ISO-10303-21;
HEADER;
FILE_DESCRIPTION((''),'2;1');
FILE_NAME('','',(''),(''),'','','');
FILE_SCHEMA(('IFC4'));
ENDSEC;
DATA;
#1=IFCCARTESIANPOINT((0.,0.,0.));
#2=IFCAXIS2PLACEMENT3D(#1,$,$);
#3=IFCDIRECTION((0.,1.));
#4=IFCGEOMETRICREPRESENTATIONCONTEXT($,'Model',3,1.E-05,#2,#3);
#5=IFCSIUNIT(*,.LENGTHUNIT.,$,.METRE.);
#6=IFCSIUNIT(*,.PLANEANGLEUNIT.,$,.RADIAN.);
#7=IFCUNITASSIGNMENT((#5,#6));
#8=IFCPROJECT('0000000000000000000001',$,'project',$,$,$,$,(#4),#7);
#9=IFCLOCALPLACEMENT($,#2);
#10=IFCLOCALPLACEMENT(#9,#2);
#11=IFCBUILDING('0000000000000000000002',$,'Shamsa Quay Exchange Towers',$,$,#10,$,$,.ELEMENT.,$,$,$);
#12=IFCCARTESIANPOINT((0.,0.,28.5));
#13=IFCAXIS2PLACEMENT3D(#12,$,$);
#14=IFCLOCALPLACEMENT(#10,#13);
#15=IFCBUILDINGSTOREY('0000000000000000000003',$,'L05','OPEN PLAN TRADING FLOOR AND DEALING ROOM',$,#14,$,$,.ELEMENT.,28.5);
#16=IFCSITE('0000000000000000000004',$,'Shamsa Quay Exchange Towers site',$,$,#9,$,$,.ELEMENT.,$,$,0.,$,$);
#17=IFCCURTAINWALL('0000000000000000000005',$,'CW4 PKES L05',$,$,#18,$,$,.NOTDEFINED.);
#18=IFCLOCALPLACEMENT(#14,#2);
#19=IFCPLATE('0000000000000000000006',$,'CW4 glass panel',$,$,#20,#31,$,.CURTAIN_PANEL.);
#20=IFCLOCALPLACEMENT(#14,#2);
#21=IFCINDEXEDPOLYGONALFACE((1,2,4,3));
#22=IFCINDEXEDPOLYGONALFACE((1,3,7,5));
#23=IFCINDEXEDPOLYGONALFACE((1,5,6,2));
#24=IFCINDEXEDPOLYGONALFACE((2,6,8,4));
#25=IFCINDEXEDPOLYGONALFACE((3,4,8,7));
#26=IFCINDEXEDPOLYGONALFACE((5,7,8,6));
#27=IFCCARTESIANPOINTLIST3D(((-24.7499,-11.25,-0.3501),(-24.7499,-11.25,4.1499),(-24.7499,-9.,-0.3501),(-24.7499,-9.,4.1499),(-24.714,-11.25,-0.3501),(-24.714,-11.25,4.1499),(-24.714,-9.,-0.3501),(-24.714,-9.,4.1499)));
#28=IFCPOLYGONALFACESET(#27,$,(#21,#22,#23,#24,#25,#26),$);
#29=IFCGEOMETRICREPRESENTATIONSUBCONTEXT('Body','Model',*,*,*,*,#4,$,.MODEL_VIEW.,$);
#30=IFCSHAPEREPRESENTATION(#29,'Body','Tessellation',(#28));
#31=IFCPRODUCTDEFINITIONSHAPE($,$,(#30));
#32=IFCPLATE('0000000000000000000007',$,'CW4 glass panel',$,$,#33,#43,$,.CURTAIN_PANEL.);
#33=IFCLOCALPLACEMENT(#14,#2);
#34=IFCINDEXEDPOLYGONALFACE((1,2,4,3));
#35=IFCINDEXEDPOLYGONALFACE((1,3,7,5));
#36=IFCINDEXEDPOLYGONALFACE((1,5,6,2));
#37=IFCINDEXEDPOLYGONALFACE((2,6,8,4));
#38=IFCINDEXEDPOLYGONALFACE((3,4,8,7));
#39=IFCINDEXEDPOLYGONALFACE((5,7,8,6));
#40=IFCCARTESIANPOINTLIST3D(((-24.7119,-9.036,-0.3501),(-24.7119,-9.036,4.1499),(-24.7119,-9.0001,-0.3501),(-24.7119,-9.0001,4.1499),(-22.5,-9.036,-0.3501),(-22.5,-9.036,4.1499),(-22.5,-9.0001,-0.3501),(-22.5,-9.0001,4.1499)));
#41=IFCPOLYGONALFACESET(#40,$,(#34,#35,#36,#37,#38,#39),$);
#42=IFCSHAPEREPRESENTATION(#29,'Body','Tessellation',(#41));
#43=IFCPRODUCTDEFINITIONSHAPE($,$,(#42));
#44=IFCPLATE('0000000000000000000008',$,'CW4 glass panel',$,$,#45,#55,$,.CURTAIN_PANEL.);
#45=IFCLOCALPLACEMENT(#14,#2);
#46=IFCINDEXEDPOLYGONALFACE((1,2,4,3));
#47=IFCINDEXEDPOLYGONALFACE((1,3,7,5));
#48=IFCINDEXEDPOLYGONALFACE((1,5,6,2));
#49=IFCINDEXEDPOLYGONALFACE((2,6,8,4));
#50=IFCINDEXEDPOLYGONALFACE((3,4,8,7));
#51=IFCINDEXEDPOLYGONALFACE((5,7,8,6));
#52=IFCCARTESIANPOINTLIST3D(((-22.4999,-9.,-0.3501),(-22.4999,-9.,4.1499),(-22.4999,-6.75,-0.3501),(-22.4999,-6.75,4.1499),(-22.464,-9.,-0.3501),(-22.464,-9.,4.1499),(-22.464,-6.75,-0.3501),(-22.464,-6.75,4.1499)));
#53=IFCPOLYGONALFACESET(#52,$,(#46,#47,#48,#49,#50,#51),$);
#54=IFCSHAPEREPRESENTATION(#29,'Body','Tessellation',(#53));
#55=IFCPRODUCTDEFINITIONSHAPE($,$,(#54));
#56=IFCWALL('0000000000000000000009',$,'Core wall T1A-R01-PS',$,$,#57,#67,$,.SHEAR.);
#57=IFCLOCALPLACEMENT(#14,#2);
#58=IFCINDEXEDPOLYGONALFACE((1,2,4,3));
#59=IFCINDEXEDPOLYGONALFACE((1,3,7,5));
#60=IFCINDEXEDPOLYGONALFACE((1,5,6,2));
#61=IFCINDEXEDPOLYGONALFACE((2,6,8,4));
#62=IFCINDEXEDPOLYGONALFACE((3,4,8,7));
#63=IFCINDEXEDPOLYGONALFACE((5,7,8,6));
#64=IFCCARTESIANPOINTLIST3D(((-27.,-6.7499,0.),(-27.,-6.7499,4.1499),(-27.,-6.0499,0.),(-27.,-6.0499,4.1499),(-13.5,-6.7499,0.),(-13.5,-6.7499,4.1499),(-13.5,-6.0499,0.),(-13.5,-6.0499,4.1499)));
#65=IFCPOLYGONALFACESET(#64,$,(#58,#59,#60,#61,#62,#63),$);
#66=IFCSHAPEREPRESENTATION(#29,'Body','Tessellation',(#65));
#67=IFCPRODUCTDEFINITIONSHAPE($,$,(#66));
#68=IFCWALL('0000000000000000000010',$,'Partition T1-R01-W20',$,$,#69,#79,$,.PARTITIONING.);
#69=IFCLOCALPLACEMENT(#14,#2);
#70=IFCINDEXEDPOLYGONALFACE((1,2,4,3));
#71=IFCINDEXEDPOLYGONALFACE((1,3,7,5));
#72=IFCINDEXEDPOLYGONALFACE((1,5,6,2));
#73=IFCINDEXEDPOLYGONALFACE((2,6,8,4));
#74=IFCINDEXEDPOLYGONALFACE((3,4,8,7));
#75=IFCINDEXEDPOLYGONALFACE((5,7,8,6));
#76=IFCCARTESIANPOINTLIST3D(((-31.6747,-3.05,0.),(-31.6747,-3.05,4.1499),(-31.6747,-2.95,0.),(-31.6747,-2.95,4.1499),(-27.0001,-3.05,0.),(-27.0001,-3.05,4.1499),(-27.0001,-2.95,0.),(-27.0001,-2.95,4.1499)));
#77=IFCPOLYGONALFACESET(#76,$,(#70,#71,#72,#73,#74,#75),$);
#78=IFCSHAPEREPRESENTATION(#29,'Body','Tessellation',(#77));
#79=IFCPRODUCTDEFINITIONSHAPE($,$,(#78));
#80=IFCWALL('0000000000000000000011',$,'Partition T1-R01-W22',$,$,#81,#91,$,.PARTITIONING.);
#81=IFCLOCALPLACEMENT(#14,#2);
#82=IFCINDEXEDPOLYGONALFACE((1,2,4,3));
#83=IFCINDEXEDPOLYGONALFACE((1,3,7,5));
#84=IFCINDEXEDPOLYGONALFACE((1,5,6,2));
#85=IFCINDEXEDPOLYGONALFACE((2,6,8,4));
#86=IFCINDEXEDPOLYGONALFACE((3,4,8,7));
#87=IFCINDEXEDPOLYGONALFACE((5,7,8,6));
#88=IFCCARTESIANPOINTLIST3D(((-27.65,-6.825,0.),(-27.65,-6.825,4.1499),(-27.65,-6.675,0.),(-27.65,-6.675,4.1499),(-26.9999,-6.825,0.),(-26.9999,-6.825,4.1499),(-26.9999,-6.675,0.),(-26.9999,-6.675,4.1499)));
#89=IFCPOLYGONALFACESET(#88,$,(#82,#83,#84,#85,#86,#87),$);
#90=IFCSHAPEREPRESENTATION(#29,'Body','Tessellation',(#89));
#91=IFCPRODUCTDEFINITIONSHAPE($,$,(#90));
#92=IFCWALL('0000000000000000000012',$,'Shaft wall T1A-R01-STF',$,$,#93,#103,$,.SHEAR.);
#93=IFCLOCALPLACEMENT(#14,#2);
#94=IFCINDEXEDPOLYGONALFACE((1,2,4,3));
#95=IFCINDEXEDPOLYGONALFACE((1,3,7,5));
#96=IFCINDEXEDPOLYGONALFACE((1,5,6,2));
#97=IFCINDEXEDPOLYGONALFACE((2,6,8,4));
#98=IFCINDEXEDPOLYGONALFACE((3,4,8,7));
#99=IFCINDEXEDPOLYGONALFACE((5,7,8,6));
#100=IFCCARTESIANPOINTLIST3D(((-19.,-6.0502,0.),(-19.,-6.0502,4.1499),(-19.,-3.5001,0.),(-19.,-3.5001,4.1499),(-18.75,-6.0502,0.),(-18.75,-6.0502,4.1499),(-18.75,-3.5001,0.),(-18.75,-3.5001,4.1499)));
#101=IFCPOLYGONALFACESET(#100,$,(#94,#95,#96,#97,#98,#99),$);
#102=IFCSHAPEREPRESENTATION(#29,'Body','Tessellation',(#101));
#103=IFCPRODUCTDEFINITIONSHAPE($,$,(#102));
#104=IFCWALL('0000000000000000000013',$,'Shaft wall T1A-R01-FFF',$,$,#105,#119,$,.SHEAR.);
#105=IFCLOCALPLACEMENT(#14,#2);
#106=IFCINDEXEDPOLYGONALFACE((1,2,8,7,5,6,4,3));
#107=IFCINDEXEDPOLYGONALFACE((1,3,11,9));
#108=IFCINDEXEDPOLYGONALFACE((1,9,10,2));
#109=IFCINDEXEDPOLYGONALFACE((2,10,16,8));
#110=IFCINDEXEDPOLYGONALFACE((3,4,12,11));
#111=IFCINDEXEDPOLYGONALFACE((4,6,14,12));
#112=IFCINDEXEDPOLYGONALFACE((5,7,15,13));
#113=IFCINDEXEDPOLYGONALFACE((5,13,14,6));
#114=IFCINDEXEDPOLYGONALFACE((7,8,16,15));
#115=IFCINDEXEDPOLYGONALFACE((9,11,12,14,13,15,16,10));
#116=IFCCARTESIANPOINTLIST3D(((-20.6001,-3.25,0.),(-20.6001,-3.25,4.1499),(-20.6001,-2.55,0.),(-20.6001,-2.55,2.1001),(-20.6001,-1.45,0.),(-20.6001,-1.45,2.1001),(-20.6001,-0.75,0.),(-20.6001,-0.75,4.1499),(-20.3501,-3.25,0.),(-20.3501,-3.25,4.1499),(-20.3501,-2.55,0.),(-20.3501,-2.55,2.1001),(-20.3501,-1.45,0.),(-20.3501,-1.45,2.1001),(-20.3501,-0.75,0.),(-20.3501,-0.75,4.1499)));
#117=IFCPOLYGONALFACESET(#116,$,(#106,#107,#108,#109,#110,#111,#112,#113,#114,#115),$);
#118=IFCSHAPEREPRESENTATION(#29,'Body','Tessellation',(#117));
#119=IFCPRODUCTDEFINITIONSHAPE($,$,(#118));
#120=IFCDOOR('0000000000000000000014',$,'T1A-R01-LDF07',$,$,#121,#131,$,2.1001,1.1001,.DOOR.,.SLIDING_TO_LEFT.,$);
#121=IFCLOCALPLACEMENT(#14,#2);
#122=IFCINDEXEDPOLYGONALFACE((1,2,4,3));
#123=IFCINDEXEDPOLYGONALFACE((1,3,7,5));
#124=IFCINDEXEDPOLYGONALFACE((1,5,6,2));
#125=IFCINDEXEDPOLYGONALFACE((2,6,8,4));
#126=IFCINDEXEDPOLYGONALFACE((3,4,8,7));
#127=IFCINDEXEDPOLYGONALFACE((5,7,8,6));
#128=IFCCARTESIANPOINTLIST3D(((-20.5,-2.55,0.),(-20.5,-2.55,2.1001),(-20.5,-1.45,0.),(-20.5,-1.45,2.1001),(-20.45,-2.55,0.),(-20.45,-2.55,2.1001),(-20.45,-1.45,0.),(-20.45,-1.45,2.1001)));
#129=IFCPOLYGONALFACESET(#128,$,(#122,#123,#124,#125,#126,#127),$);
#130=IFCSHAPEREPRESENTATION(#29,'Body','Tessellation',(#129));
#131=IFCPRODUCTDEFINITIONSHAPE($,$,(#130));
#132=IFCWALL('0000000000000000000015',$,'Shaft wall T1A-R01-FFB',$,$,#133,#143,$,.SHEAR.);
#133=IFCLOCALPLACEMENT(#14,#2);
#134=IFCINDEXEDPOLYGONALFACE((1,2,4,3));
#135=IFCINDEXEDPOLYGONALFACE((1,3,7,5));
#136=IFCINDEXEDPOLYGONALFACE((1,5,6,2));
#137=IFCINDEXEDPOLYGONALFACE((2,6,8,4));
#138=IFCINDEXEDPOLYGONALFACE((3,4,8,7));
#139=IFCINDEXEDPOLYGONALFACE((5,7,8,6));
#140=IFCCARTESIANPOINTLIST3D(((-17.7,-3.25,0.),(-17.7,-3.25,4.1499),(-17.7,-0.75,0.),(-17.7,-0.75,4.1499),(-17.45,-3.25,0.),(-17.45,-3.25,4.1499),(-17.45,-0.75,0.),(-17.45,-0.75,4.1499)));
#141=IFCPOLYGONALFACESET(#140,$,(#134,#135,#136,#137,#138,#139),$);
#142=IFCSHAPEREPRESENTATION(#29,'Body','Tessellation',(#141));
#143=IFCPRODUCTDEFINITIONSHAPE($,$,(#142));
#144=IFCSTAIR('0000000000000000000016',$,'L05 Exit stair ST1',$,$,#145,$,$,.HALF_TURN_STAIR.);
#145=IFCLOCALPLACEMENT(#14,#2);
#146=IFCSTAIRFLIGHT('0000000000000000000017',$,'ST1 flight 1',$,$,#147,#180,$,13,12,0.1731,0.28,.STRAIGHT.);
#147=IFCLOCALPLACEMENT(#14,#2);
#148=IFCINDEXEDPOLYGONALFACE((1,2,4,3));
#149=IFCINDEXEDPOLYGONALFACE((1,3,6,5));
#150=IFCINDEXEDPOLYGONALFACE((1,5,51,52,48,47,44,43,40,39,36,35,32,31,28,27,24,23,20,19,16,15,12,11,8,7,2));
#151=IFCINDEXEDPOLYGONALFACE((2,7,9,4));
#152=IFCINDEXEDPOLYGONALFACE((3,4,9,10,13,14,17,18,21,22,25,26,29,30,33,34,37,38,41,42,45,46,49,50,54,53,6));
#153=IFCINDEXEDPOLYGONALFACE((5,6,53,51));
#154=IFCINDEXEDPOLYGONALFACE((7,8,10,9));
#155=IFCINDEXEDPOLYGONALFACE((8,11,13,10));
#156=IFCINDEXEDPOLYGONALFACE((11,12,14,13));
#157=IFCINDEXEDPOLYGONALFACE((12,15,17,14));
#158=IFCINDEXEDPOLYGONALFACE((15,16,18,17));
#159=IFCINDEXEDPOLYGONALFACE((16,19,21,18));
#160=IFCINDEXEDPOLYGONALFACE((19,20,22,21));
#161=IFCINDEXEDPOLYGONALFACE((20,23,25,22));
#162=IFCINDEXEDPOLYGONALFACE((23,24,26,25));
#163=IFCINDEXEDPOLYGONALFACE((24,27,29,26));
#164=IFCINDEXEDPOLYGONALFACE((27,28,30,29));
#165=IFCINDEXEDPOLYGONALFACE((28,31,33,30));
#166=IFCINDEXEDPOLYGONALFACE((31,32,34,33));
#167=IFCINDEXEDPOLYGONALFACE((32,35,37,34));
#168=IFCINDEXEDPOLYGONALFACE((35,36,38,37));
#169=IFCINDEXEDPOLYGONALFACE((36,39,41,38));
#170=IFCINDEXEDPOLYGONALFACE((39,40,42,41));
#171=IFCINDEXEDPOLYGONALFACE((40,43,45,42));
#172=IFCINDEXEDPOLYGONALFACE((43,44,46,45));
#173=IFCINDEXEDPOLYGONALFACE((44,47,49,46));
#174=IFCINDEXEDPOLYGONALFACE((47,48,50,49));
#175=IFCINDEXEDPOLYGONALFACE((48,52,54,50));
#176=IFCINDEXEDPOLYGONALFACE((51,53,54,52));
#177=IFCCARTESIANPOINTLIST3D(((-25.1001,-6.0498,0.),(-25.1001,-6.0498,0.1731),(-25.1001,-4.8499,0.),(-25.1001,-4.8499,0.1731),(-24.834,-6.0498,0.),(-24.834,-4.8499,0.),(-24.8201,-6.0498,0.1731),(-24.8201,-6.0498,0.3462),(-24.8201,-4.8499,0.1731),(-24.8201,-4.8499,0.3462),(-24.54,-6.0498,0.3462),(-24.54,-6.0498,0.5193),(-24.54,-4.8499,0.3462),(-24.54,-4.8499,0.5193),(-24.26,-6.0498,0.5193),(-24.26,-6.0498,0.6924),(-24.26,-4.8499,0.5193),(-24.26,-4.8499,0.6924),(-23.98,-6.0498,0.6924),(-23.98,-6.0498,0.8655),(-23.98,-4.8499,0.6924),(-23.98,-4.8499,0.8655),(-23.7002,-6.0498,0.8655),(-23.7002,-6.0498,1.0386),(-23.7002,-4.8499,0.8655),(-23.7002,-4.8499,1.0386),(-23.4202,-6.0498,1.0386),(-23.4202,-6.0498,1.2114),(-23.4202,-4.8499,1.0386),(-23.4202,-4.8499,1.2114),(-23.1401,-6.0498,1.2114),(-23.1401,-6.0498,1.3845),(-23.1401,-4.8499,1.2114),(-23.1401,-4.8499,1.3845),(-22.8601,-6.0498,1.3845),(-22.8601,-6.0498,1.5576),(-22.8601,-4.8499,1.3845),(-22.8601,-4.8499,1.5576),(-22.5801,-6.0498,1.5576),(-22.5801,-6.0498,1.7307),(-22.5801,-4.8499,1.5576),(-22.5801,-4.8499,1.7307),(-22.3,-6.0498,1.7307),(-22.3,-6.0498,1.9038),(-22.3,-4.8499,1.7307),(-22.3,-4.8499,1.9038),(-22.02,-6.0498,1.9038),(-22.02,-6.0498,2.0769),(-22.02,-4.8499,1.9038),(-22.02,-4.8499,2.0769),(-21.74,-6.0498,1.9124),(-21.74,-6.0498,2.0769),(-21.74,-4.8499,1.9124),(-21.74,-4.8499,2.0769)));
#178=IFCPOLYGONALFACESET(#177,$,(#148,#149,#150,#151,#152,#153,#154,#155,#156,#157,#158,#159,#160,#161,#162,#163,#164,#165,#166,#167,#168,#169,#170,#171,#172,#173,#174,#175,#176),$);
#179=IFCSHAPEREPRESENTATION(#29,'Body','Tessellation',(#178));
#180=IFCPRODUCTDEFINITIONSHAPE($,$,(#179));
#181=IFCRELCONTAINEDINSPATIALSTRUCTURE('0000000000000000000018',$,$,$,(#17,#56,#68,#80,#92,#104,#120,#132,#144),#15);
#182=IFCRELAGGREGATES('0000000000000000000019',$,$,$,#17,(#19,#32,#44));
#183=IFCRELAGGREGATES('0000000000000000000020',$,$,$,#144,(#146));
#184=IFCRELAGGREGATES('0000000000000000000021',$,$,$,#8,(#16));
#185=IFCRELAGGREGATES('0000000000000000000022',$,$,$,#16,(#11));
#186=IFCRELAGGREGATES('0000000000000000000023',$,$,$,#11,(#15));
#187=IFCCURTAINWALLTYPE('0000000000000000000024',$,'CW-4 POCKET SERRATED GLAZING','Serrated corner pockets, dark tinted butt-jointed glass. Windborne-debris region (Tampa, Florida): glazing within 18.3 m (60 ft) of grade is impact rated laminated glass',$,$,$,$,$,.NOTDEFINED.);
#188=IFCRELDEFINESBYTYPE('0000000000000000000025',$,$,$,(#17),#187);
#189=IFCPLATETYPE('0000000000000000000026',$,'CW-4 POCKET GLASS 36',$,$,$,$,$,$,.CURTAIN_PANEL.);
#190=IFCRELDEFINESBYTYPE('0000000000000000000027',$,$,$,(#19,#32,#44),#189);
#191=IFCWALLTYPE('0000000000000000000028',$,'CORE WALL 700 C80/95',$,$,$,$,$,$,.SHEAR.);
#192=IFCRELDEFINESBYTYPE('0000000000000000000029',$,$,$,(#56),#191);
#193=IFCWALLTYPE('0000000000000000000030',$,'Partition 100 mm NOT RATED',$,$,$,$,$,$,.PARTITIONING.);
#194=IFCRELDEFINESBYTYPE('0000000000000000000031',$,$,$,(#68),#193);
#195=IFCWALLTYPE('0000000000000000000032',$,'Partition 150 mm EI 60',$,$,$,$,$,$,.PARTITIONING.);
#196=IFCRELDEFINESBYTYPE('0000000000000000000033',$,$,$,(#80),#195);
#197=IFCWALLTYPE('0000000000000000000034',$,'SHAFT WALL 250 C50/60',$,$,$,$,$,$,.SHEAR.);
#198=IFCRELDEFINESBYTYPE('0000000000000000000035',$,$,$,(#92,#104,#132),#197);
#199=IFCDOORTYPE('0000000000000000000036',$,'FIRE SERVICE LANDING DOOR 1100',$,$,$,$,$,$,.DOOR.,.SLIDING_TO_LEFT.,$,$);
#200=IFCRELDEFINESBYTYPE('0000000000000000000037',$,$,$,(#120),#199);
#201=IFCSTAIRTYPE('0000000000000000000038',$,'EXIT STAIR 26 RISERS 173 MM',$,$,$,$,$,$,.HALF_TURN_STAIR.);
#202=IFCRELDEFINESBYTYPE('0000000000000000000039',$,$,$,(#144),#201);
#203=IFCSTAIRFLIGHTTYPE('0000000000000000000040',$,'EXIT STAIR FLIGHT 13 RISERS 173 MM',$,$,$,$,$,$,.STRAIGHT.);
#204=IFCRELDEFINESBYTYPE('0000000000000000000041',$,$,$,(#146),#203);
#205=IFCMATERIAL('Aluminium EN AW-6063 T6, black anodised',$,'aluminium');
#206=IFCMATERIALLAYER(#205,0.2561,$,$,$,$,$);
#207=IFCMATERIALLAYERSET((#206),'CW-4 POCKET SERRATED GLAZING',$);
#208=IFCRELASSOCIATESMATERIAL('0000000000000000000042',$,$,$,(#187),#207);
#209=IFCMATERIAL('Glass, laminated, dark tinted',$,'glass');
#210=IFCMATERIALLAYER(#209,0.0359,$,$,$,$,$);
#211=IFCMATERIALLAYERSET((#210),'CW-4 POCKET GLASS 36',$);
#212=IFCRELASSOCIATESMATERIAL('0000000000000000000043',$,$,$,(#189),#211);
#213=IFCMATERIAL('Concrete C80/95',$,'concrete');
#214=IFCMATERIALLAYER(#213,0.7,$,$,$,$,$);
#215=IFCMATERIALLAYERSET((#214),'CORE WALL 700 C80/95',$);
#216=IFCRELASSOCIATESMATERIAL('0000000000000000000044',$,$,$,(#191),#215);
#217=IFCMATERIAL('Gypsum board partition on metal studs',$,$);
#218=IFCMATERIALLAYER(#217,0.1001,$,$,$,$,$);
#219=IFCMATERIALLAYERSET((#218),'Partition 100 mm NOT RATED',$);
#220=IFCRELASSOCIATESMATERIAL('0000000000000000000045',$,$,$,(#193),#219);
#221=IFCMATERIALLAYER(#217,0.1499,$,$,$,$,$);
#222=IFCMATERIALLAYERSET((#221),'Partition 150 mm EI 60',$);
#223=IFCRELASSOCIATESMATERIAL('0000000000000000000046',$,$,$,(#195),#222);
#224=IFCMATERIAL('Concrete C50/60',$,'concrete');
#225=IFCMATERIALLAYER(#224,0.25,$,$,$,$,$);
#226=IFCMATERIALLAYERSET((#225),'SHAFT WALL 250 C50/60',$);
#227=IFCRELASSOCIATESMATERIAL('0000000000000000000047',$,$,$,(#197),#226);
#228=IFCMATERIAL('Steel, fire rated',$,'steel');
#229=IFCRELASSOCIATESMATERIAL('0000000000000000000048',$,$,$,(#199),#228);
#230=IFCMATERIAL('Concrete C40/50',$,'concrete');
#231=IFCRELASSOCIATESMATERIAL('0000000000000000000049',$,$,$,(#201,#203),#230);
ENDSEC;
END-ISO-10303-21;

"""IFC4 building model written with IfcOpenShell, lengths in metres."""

from ifc_helpers import new_model, si_unit, direction, frame, frame_2d, origin, origin_2d, place, context, subcontext, project, spatial, polyline, rectangle, outline, extrude, material, layer, layer_set, type_object, element, fill, aggregate, save


model = new_model("IFC4")

# Units and contexts
model_context = context("Model", 3, precision=1e-05, world=origin(), true_north=direction((0.0, 1.0)))
body_context = subcontext(model_context, "Body", "Model", "MODEL_VIEW")
ifc_project = project(units=[si_unit("LENGTHUNIT", "METRE"), si_unit("PLANEANGLEUNIT", "RADIAN")], contexts=[model_context])

# Site, building, storey
site_placement = place(None, origin())
site = spatial("IfcSite", under=ifc_project, at=site_placement, Name="Shamsa Quay Exchange Towers site", CompositionType="ELEMENT", RefElevation=0.0)
building_placement = place(site_placement, origin())
building = spatial("IfcBuilding", under=site, at=building_placement, Name="Shamsa Quay Exchange Towers", CompositionType="ELEMENT")
storey_placement = place(building_placement, frame((0.0, 0.0, 28.5)))
storey = spatial("IfcBuildingStorey", under=building, at=storey_placement, Name="L05", Description="OPEN PLAN TRADING FLOOR AND DEALING ROOM", CompositionType="ELEMENT", Elevation=28.5)

# Shared definitions
ifc_material_1 = material(Name="Aluminium EN AW-6063 T6, black anodised", Category="aluminium")

# Shared definitions
ifc_material_2 = material(Name="Glass, laminated, dark tinted", Category="glass")

# Curtain wall, plates
ifc_layer_1 = layer(ifc_material_1, 0.2561)
ifc_layer_set_1 = layer_set([ifc_layer_1], Name="CW-4 POCKET SERRATED GLAZING")
curtain_wall_type_1 = type_object("IfcCurtainWallType", Name="CW-4 POCKET SERRATED GLAZING", Description="Serrated corner pockets, dark tinted butt-jointed glass. Windborne-debris region (Tampa, Florida): glazing within 18.3 m (60 ft) of grade is impact rated laminated glass", PredefinedType="NOTDEFINED", material=ifc_layer_set_1)
curtain_wall_1_placement = place(storey_placement, origin())
curtain_wall_1 = element("IfcCurtainWall", 1, at=curtain_wall_1_placement, inside=storey, type_object=curtain_wall_type_1, Name="CW4 PKES L05", PredefinedType="NOTDEFINED")
ifc_layer_2 = layer(ifc_material_2, 0.0359)
ifc_layer_set_2 = layer_set([ifc_layer_2], Name="CW-4 POCKET GLASS 36")
plate_type_1 = type_object("IfcPlateType", Name="CW-4 POCKET GLASS 36", PredefinedType="CURTAIN_PANEL", material=ifc_layer_set_2)
plate_1_placement = place(storey_placement, frame((-24.7319, -10.125, -0.3501), z_axis=(0.0, 0.0, 1.0), x_axis=(0.0, 1.0, 0.0)))
plate_1 = element("IfcPlate", 2, at=plate_1_placement, type_object=plate_type_1, Name="CW4 glass panel", PredefinedType="CURTAIN_PANEL", context=body_context, shape_type="SweptSolid", body=[
    extrude(rectangle(XDim=2.25, YDim=0.0359, at=origin_2d()), origin(), (0.0, 0.0, 1.0), 4.5),
])
plate_2_placement = place(storey_placement, frame((-23.606, -9.0181, -0.3501)))
plate_2 = element("IfcPlate", 3, at=plate_2_placement, type_object=plate_type_1, Name="CW4 glass panel", PredefinedType="CURTAIN_PANEL", context=body_context, shape_type="SweptSolid", body=[
    extrude(rectangle(XDim=2.2119, YDim=0.0359, at=origin_2d()), origin(), (0.0, 0.0, 1.0), 4.5),
])
plate_3_placement = place(storey_placement, frame((-22.4819, -7.875, -0.3501), z_axis=(0.0, 0.0, 1.0), x_axis=(0.0, 1.0, 0.0)))
plate_3 = element("IfcPlate", 4, at=plate_3_placement, type_object=plate_type_1, Name="CW4 glass panel", PredefinedType="CURTAIN_PANEL", context=body_context, shape_type="SweptSolid", body=[
    extrude(rectangle(XDim=2.25, YDim=0.0359, at=origin_2d()), origin(), (0.0, 0.0, 1.0), 4.5),
])
aggregate(curtain_wall_1, [plate_1, plate_2, plate_3])

# Wall
ifc_material_3 = material(Name="Concrete C80/95", Category="concrete")
ifc_layer_3 = layer(ifc_material_3, 0.7)
ifc_layer_set_3 = layer_set([ifc_layer_3], Name="CORE WALL 700 C80/95")
wall_type_1 = type_object("IfcWallType", Name="CORE WALL 700 C80/95", PredefinedType="SHEAR", material=ifc_layer_set_3)
wall_1_placement = place(storey_placement, frame((-27.0, -6.3999, 0.0)))
element("IfcWall", 5, at=wall_1_placement, inside=storey, type_object=wall_type_1, Name="Core wall T1A-R01-PS", PredefinedType="SHEAR", context=body_context, shape_type="SweptSolid", body=[
    extrude(rectangle(XDim=13.5, YDim=0.7, at=frame_2d((6.75, 0.0))), origin(), (0.0, 0.0, 1.0), 4.1499),
])

# Wall
ifc_material_4 = material(Name="Gypsum board partition on metal studs")
ifc_layer_4 = layer(ifc_material_4, 0.1001)
ifc_layer_set_4 = layer_set([ifc_layer_4], Name="Partition 100 mm NOT RATED")
wall_type_2 = type_object("IfcWallType", Name="Partition 100 mm NOT RATED", PredefinedType="PARTITIONING", material=ifc_layer_set_4)
wall_2_placement = place(storey_placement, frame((-27.0, -3.0, 0.0), z_axis=(0.0, 0.0, 1.0), x_axis=(-1.0, 0.0, 0.0)))
element("IfcWall", 6, at=wall_2_placement, inside=storey, type_object=wall_type_2, Name="Partition T1-R01-W20", PredefinedType="PARTITIONING", context=body_context, shape_type="SweptSolid", body=[
    extrude(rectangle(XDim=4.6746, YDim=0.1001, at=frame_2d((2.3374, 0.0))), origin(), (0.0, 0.0, 1.0), 4.1499),
])

# Shared definitions
ifc_layer_5 = layer(ifc_material_4, 0.1499)
ifc_layer_set_5 = layer_set([ifc_layer_5], Name="Partition 150 mm EI 60")
wall_type_3 = type_object("IfcWallType", Name="Partition 150 mm EI 60", PredefinedType="PARTITIONING", material=ifc_layer_set_5)

# Walls
wall_3_placement = place(storey_placement, frame((-27.6501, -6.75, 0.0)))
element("IfcWall", 7, at=wall_3_placement, inside=storey, type_object=wall_type_3, Name="Partition T1-R01-W22", PredefinedType="PARTITIONING", context=body_context, shape_type="SweptSolid", body=[
    extrude(rectangle(XDim=0.6501, YDim=0.1499, at=frame_2d((0.3252, 0.0))), origin(), (0.0, 0.0, 1.0), 4.1499),
])
ifc_material_5 = material(Name="Concrete C50/60", Category="concrete")
ifc_layer_6 = layer(ifc_material_5, 0.25)
ifc_layer_set_6 = layer_set([ifc_layer_6], Name="SHAFT WALL 250 C50/60")
wall_type_4 = type_object("IfcWallType", Name="SHAFT WALL 250 C50/60", PredefinedType="SHEAR", material=ifc_layer_set_6)
wall_4_placement = place(storey_placement, frame((-18.875, -6.05, 0.0), z_axis=(0.0, 0.0, 1.0), x_axis=(0.0, 1.0, 0.0)))
element("IfcWall", 8, at=wall_4_placement, inside=storey, type_object=wall_type_4, Name="Shaft wall T1A-R01-STF", PredefinedType="SHEAR", context=body_context, shape_type="SweptSolid", body=[
    extrude(rectangle(XDim=2.55, YDim=0.25, at=frame_2d((1.2749, 0.0))), origin(), (0.0, 0.0, 1.0), 4.1499),
])

# Wall, opening, door
wall_5_placement = place(storey_placement, frame((-20.4751, -3.25, 0.0), z_axis=(0.0, 0.0, 1.0), x_axis=(0.0, 1.0, 0.0)))
wall_5 = element("IfcWall", 9, at=wall_5_placement, inside=storey, type_object=wall_type_4, Name="Shaft wall T1A-R01-FFF", PredefinedType="SHEAR", context=body_context, shape_type="SweptSolid", body=[
    extrude(rectangle(XDim=2.5, YDim=0.25, at=frame_2d((1.25, 0.0))), origin(), (0.0, 0.0, 1.0), 4.1499),
])
opening_1_placement = place(wall_5_placement, frame((0.7, 0.0, 0.0)))
opening_1 = element("IfcOpeningElement", 10, at=opening_1_placement, cuts=wall_5, PredefinedType="OPENING", context=body_context, shape_type="SweptSolid", body=[
    extrude(rectangle(XDim=1.1001, YDim=2.1001, at=frame_2d((0.55, 1.05))), frame((0.0, 0.135, 0.0), z_axis=(0.0, -1.0, 0.0), x_axis=(1.0, 0.0, 0.0)), (0.0, 0.0, 1.0), 0.27),
])
ifc_material_6 = material(Name="Steel, fire rated", Category="steel")
door_type_1 = type_object("IfcDoorType", Name="FIRE SERVICE LANDING DOOR 1100", OperationType="SLIDING_TO_LEFT", PredefinedType="DOOR", material=ifc_material_6)
door_1_placement = place(opening_1_placement, origin())
door_1 = element("IfcDoor", 11, at=door_1_placement, inside=storey, type_object=door_type_1, Name="T1A-R01-LDF07", OperationType="SLIDING_TO_LEFT", OverallHeight=2.1001, OverallWidth=1.1001, PredefinedType="DOOR", context=body_context, shape_type="SweptSolid", body=[
    extrude(rectangle(XDim=1.1001, YDim=2.1001, at=frame_2d((0.55, 1.05))), frame((0.0, 0.0249, 0.0), z_axis=(0.0, -1.0, 0.0), x_axis=(1.0, 0.0, 0.0)), (0.0, 0.0, 1.0), 0.05),
])
fill(opening_1, door_1)

# Wall
wall_6_placement = place(storey_placement, frame((-17.575, -3.25, 0.0), z_axis=(0.0, 0.0, 1.0), x_axis=(0.0, 1.0, 0.0)))
element("IfcWall", 12, at=wall_6_placement, inside=storey, type_object=wall_type_4, Name="Shaft wall T1A-R01-FFB", PredefinedType="SHEAR", context=body_context, shape_type="SweptSolid", body=[
    extrude(rectangle(XDim=2.5, YDim=0.25, at=frame_2d((1.25, 0.0))), origin(), (0.0, 0.0, 1.0), 4.1499),
])

# Stair, stair flight
ifc_material_7 = material(Name="Concrete C40/50", Category="concrete")
stair_type = type_object("IfcStairType", Name="EXIT STAIR 26 RISERS 173 MM", PredefinedType="HALF_TURN_STAIR", material=ifc_material_7)
stair_placement = place(storey_placement, origin())
stair = element("IfcStair", 13, at=stair_placement, inside=storey, type_object=stair_type, Name="L05 Exit stair ST1", PredefinedType="HALF_TURN_STAIR")
stair_flight_type = type_object("IfcStairFlightType", Name="EXIT STAIR FLIGHT 13 RISERS 173 MM", PredefinedType="STRAIGHT", material=ifc_material_7)
stair_flight_1_placement = place(storey_placement, frame((-25.1001, -5.45, 0.0)))
stair_flight_1 = element("IfcStairFlight", 14, at=stair_flight_1_placement, type_object=stair_flight_type, Name="ST1 flight 1", NumberOfRisers=13, NumberOfTreads=12, PredefinedType="STRAIGHT", RiserHeight=0.1731, TreadLength=0.28, context=body_context, shape_type="SweptSolid", body=[
    extrude(outline(polyline([(0.0, 0.0), (0.0, 0.1731), (0.28, 0.1731), (0.28, 0.3462), (0.5601, 0.3462), (0.5601, 0.5193), (0.8401, 0.5193), (0.8401, 0.6924), (1.1201, 0.6924), (1.1201, 0.8655), (1.3999, 0.8655), (1.3999, 1.0386), (1.6799, 1.0386), (1.6799, 1.2114), (1.96, 1.2114), (1.96, 1.3845), (2.24, 1.3845), (2.24, 1.5576), (2.52, 1.5576), (2.52, 1.7307), (2.8, 1.7307), (2.8, 1.9038), (3.0801, 1.9038), (3.0801, 2.0769), (3.3601, 2.0769), (3.3601, 2.25), (3.3601, 1.9124), (0.2661, 0.0), (0.0, 0.0)])), frame((0.0, 0.6001, 0.0), z_axis=(0.0, -1.0, 0.0), x_axis=(1.0, 0.0, 0.0)), (0.0, 0.0, 1.0), 1.2),
])
aggregate(stair, [stair_flight_1])

save(model, "model.ifc")
